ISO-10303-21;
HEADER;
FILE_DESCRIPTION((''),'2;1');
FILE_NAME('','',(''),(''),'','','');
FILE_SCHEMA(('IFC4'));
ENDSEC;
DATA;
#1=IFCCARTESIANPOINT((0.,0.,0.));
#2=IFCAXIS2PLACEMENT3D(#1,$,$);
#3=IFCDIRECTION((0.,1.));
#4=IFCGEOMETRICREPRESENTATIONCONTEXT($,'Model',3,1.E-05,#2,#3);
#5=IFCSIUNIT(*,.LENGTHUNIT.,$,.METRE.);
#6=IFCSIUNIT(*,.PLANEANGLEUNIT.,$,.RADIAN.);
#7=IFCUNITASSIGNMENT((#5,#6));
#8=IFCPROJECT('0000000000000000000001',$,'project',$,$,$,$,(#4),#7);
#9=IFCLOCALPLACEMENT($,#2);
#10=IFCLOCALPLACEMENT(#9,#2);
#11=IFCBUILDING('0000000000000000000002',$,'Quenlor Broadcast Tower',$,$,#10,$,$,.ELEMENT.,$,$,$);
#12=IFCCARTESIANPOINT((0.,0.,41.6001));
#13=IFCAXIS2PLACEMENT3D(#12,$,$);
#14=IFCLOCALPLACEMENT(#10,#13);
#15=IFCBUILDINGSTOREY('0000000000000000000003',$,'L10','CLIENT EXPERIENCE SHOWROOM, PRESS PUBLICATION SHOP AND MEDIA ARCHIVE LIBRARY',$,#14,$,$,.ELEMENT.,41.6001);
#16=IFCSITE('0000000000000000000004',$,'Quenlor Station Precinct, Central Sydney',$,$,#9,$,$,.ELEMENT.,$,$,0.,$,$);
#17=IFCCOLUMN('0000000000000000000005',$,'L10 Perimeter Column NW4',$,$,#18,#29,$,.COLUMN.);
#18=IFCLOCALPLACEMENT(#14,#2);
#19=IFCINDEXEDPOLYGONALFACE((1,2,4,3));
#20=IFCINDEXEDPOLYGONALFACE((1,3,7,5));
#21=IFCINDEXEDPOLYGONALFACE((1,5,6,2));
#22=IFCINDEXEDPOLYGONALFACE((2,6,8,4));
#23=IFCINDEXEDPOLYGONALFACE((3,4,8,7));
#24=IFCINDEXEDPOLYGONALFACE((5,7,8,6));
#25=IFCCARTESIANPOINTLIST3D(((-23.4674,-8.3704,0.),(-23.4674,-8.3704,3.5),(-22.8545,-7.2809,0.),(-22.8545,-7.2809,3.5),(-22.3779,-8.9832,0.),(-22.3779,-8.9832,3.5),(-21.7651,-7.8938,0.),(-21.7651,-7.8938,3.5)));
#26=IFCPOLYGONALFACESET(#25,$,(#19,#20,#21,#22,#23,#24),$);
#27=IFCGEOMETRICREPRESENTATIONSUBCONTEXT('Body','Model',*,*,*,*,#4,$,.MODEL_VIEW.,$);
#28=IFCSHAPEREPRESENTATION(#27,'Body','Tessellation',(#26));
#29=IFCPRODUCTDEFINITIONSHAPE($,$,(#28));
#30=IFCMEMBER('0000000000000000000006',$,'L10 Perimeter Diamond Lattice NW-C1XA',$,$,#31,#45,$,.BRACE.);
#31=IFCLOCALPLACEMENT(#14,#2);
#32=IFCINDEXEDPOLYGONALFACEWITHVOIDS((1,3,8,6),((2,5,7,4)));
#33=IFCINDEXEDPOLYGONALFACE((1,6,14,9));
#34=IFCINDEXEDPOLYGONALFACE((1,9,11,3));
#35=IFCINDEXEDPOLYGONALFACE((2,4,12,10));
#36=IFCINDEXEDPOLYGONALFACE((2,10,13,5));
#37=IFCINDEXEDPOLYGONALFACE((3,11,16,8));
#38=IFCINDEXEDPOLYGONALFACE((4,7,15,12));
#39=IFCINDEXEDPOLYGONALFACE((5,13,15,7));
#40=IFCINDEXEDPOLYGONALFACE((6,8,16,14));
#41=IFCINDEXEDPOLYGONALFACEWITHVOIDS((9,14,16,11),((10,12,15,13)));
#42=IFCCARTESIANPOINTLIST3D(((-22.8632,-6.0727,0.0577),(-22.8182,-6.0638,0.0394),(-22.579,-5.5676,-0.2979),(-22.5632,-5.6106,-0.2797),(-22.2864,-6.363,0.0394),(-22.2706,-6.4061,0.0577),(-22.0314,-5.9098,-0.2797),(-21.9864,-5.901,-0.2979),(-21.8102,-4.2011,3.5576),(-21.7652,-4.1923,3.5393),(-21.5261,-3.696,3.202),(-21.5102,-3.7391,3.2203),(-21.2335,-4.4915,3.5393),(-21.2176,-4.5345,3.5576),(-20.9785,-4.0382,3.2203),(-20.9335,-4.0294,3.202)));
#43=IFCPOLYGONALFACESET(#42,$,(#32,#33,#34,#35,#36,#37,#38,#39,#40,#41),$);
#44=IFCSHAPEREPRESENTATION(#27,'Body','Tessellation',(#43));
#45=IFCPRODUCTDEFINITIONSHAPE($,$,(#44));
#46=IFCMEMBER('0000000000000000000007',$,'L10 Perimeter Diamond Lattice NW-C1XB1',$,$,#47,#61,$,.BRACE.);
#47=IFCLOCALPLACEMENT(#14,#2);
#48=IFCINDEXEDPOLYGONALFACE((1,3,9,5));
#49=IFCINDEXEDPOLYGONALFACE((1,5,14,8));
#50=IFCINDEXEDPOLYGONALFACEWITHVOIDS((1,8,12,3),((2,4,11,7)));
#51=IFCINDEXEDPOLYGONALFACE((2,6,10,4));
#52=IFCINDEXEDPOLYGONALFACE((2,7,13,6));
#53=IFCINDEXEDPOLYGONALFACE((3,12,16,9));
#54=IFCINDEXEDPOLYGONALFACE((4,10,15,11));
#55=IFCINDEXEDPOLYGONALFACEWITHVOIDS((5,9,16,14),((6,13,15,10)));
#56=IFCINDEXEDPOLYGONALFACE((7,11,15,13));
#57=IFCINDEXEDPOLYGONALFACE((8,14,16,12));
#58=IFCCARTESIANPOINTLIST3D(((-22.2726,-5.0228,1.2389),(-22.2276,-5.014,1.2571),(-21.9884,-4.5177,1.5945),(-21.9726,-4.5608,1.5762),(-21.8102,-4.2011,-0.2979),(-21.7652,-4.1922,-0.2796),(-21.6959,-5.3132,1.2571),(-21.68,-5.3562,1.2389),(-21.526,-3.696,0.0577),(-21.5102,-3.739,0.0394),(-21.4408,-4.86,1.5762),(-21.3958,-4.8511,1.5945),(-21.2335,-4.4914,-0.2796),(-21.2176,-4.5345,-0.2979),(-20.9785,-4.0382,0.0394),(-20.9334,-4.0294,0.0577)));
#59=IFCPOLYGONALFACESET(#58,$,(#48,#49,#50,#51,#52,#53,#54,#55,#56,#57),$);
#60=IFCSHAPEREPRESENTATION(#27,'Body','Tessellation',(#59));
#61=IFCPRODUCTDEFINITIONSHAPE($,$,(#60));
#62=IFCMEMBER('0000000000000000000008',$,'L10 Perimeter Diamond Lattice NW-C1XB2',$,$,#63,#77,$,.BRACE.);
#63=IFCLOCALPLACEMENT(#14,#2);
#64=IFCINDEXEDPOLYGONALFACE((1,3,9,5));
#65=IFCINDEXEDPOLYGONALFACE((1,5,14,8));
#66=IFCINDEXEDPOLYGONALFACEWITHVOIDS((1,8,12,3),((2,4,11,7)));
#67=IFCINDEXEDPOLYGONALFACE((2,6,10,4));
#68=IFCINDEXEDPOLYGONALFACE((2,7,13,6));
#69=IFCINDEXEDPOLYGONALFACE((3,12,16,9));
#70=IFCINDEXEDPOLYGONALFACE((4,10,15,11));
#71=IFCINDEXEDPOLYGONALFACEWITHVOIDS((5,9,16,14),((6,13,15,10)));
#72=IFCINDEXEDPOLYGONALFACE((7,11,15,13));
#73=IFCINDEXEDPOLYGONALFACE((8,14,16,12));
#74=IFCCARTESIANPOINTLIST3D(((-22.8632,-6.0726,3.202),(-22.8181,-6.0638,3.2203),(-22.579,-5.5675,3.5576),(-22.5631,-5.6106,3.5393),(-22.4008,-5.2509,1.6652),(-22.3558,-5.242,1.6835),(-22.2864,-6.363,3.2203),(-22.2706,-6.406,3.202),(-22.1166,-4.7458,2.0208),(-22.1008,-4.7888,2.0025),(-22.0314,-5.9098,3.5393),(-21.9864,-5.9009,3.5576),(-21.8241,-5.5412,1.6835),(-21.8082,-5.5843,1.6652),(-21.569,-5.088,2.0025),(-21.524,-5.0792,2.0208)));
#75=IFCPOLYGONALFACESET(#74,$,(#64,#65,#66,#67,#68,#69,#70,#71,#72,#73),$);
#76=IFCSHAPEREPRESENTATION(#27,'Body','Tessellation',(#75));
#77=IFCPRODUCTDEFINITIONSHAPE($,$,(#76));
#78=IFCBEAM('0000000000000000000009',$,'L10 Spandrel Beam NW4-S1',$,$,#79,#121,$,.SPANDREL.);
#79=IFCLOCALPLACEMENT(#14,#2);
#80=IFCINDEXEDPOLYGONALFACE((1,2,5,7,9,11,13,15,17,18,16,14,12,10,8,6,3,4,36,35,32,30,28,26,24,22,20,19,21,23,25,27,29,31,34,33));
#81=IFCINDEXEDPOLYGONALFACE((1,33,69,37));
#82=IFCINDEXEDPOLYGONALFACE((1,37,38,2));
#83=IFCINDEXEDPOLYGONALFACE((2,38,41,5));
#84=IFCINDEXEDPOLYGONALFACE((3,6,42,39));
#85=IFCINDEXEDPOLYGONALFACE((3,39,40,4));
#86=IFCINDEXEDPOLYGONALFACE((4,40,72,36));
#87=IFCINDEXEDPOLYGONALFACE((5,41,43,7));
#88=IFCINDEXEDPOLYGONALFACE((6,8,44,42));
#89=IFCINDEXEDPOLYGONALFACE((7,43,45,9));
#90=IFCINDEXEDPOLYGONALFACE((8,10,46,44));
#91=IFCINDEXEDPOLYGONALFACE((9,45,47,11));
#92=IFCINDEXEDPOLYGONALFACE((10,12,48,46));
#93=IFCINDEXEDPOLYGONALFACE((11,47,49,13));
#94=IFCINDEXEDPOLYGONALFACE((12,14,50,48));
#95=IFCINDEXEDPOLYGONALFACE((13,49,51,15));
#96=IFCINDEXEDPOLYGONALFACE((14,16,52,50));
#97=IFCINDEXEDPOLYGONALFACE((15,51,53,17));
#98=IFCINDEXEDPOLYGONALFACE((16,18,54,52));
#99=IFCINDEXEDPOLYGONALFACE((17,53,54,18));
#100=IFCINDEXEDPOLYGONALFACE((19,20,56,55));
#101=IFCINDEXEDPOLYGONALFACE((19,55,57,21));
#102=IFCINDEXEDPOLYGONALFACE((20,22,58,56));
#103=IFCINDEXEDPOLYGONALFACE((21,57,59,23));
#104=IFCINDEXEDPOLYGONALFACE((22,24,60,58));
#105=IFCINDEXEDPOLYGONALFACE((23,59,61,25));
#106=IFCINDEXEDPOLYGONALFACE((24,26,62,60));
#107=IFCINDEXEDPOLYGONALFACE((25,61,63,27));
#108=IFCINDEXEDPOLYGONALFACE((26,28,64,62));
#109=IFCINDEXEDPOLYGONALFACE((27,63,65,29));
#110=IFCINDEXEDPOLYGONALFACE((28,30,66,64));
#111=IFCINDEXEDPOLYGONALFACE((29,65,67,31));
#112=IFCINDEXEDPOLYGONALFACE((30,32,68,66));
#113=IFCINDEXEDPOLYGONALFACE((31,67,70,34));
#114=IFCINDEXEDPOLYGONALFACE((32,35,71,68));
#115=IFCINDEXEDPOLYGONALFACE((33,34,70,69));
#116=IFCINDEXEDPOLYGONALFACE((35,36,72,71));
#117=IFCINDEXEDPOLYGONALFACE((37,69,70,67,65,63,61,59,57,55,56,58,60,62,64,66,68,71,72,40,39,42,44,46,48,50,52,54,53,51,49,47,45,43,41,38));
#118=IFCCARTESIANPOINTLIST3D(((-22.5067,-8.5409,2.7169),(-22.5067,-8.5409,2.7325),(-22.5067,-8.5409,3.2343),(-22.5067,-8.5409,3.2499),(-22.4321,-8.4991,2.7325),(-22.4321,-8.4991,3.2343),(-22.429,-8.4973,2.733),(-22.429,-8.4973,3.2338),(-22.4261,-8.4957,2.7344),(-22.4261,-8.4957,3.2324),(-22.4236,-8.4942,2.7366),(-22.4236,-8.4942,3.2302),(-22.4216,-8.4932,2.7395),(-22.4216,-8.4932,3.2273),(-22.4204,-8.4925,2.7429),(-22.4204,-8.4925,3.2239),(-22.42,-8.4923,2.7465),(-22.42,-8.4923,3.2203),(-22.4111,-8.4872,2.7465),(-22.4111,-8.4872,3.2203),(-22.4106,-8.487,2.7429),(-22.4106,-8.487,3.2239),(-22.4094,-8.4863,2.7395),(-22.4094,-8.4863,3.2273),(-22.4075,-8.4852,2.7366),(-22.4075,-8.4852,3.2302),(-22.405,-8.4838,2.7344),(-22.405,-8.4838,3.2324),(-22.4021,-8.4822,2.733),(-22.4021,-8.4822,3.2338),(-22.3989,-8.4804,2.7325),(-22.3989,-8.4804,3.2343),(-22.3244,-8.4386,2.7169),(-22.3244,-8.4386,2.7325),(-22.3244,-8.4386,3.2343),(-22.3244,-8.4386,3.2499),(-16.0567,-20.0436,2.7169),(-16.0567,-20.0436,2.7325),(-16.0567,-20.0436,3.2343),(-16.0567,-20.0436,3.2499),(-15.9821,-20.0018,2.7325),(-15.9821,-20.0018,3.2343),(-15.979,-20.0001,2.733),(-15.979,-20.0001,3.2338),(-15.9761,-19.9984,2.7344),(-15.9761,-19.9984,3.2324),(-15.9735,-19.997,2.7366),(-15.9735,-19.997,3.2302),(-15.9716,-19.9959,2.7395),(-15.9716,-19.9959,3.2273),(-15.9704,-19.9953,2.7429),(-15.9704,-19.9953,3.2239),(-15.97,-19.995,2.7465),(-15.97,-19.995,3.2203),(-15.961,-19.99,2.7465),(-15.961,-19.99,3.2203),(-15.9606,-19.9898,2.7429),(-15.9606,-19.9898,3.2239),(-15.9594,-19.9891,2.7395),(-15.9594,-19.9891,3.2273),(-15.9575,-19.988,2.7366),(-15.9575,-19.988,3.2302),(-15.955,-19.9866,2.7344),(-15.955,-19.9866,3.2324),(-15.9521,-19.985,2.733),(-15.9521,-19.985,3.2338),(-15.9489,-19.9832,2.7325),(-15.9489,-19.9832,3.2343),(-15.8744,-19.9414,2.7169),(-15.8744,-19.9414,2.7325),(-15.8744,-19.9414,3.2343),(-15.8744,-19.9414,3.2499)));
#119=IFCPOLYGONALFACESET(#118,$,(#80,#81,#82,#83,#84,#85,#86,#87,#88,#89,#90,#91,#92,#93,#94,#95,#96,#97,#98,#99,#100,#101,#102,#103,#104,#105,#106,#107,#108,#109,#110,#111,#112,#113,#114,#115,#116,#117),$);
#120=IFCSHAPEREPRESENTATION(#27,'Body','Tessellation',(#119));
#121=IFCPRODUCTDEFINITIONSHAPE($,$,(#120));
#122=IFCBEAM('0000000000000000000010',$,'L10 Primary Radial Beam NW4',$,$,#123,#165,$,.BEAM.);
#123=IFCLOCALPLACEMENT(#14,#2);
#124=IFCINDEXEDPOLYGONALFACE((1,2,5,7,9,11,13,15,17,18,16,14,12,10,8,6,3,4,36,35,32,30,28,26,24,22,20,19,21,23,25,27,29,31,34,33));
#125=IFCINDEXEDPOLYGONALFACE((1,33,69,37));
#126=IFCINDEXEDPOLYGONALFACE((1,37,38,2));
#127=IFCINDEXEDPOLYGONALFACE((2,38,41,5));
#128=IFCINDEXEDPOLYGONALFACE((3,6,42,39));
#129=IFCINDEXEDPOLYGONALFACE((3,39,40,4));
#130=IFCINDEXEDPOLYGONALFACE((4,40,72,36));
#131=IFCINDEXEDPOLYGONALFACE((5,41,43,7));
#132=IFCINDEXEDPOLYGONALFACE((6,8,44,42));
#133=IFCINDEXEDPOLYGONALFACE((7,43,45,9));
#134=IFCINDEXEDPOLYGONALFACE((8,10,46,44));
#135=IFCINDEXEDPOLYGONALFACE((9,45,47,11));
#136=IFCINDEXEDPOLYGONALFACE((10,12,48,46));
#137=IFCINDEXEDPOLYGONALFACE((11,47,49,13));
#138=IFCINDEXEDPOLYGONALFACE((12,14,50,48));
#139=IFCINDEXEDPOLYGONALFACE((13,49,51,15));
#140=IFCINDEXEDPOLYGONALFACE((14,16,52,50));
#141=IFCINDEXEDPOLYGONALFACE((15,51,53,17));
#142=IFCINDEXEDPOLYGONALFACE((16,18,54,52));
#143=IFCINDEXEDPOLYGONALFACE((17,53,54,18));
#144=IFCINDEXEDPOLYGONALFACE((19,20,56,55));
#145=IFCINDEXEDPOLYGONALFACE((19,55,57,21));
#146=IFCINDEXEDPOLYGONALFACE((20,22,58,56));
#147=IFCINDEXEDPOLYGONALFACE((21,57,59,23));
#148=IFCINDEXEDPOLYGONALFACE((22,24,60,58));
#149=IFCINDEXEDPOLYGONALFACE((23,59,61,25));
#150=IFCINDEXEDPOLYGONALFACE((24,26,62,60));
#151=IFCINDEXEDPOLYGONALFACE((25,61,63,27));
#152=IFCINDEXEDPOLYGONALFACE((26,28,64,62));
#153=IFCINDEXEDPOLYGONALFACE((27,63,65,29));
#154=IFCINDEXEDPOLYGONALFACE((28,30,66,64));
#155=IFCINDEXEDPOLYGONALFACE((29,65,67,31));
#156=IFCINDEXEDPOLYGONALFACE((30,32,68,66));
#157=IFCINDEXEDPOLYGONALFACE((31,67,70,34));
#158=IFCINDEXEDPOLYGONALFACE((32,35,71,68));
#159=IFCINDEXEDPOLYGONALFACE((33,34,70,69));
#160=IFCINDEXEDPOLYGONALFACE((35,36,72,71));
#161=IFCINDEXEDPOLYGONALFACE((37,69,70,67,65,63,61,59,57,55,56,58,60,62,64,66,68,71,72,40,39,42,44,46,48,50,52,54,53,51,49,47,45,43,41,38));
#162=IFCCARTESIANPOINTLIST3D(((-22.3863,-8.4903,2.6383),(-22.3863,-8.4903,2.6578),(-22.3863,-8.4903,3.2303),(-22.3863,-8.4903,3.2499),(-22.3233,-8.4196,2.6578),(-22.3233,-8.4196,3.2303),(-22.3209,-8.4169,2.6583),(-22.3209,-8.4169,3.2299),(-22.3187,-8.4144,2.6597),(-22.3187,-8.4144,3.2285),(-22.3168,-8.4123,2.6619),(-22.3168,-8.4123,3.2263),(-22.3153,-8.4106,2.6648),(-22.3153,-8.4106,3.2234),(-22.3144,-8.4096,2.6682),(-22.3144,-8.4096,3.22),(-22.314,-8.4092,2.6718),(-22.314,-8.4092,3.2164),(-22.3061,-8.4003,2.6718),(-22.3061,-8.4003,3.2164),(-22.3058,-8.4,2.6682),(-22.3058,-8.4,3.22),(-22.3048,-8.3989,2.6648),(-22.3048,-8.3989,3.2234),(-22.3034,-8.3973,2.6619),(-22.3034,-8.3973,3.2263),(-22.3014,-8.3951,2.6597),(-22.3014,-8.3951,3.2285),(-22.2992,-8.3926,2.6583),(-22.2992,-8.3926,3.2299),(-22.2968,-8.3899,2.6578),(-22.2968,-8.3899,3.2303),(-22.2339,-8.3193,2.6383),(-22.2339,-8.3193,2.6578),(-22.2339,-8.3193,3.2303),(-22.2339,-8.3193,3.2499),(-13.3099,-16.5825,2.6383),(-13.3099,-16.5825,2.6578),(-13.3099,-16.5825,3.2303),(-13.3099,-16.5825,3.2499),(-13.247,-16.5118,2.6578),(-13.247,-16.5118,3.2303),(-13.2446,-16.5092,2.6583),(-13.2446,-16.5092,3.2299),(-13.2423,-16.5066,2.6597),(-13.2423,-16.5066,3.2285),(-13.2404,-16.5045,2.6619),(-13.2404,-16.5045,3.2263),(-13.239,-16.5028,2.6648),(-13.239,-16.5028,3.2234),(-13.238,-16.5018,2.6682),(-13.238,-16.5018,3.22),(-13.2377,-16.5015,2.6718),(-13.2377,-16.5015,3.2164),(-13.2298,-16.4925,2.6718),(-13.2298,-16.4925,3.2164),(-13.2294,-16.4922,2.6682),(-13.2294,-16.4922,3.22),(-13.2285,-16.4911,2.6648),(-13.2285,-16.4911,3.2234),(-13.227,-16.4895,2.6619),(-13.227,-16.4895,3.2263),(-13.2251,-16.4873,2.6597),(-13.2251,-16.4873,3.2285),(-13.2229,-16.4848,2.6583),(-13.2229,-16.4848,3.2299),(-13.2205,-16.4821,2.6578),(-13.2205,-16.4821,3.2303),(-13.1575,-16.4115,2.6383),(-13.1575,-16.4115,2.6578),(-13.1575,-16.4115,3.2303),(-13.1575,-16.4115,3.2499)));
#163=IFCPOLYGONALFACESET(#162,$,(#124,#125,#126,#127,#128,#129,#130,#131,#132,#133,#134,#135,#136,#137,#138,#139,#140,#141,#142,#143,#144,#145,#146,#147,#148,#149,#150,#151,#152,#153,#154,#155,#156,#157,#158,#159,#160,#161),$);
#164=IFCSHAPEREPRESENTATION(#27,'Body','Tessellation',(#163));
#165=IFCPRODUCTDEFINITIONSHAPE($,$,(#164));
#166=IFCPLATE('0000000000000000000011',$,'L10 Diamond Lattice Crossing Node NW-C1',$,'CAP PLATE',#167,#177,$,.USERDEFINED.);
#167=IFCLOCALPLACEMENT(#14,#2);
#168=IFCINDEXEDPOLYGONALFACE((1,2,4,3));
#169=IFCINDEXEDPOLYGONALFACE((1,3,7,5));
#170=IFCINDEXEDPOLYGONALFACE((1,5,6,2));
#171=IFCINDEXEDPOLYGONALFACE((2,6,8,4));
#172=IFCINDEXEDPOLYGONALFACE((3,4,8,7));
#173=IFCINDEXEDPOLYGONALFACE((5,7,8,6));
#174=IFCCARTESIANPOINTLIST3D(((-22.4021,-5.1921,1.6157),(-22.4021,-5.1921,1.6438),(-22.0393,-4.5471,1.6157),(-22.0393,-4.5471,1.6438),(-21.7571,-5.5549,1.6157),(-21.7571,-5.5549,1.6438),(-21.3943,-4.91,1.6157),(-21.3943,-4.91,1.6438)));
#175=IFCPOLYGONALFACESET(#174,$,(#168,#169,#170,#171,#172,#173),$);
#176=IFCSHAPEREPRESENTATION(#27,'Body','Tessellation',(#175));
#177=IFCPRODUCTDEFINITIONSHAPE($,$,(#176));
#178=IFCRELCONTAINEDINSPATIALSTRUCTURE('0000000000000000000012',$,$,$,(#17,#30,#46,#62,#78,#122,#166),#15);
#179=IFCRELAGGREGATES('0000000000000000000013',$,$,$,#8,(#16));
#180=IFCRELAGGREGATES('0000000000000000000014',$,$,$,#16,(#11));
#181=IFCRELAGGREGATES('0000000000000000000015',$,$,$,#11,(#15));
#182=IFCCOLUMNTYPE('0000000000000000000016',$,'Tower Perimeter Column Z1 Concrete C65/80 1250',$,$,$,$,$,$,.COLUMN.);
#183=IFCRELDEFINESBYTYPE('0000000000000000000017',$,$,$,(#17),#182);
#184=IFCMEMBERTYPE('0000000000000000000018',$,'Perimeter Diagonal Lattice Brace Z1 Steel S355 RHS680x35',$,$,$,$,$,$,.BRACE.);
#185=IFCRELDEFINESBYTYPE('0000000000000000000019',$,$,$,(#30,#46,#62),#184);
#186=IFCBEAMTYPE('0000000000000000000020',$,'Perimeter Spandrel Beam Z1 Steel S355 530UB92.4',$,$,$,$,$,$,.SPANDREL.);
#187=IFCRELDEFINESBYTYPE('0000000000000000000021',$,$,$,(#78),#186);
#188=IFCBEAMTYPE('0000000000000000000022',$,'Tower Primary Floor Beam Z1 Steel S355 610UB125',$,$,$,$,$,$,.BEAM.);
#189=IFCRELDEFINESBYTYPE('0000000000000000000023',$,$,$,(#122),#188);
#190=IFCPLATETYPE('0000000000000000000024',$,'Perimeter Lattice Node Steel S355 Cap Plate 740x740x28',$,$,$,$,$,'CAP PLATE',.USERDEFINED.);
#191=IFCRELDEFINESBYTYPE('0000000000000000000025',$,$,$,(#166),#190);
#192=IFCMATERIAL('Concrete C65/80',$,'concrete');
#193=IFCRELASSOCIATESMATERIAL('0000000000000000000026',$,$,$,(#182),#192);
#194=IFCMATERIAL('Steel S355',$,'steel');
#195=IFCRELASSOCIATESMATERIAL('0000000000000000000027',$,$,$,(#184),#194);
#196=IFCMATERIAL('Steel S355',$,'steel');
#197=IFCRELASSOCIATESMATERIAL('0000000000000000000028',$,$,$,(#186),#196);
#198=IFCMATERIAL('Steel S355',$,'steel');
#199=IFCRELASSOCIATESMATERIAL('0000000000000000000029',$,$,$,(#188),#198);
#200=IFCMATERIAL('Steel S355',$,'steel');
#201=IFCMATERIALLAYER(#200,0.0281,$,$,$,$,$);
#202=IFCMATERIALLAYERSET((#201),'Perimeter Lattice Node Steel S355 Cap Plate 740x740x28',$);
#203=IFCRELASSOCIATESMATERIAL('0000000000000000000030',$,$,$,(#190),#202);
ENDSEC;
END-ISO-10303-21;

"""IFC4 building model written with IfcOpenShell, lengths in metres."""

from ifc_helpers import new_model, si_unit, direction, frame, origin, origin_2d, place, context, subcontext, project, spatial, rectangle, hollow_rectangle, i_section, extrude, material, layer, layer_set, material_profile, profile_set, type_object, element, save


model = new_model("IFC4")

# Units and contexts
model_context = context("Model", 3, precision=1e-05, world=origin(), true_north=direction((0.0, 1.0)))
body_context = subcontext(model_context, "Body", "Model", "MODEL_VIEW")
ifc_project = project(units=[si_unit("LENGTHUNIT", "METRE"), si_unit("PLANEANGLEUNIT", "RADIAN")], contexts=[model_context])

# Site, building, storey
site_placement = place(None, origin())
site = spatial("IfcSite", under=ifc_project, at=site_placement, Name="Quenlor Station Precinct, Central Sydney", CompositionType="ELEMENT", RefElevation=0.0)
building_placement = place(site_placement, origin())
building = spatial("IfcBuilding", under=site, at=building_placement, Name="Quenlor Broadcast Tower", CompositionType="ELEMENT")
storey_placement = place(building_placement, frame((0.0, 0.0, 41.6001)))
storey = spatial("IfcBuildingStorey", under=building, at=storey_placement, Name="L10", Description="CLIENT EXPERIENCE SHOWROOM, PRESS PUBLICATION SHOP AND MEDIA ARCHIVE LIBRARY", CompositionType="ELEMENT", Elevation=41.6001)

# Column
ifc_material_1 = material(Name="Concrete C65/80", Category="concrete")
ifc_material_profile_1 = material_profile(ifc_material_1, rectangle(XDim=1.25, YDim=1.25, at=origin_2d()))
ifc_profile_set_1 = profile_set([ifc_material_profile_1], Name="Concrete C65/80 RC1250x1250")
column_type = type_object("IfcColumnType", Name="Tower Perimeter Column Z1 Concrete C65/80 1250", PredefinedType="COLUMN", material=ifc_profile_set_1)
column_placement = place(storey_placement, frame((-22.6162, -8.1321, 0.0), z_axis=(0.0, 0.0, 1.0), x_axis=(-0.871575, 0.490262, 0.0)))
element("IfcColumn", 1, at=column_placement, inside=storey, type_object=column_type, Name="L10 Perimeter Column NW4", PredefinedType="COLUMN", context=body_context, shape_type="SweptSolid", body=[
    extrude(rectangle(XDim=1.25, YDim=1.25, at=origin_2d()), origin(), (0.0, 0.0, 1.0), 3.5),
])

# Members
ifc_material_2 = material(Name="Steel S355", Category="steel")
ifc_material_profile_2 = material_profile(ifc_material_2, hollow_rectangle(XDim=0.6799, YDim=0.6799, WallThickness=0.0349, at=origin_2d()))
ifc_profile_set_2 = profile_set([ifc_material_profile_2], Name="Steel S355 RHS680x680x35")
member_type = type_object("IfcMemberType", Name="Perimeter Diagonal Lattice Brace Z1 Steel S355 RHS680x35", PredefinedType="BRACE", material=ifc_profile_set_2)
member_placement = place(storey_placement, frame((-22.4248, -5.9868, -0.1201), z_axis=(0.256431, 0.455785, 0.852352), x_axis=(-0.871533, 0.490337, 0.0)))
element("IfcMember", 2, at=member_placement, inside=storey, type_object=member_type, Name="L10 Perimeter Diamond Lattice NW-C1XA", PredefinedType="BRACE", context=body_context, shape_type="SweptSolid", body=[
    extrude(hollow_rectangle(XDim=0.6799, YDim=0.6799, WallThickness=0.0349, at=origin_2d()), origin(), (0.0, 0.0, 1.0), 4.1062),
])
for number, where, z_axis, x_axis, name in (
    (3, (-21.3718, -4.1152, -0.1201), (-0.256452, -0.455764, 0.852357), (0.871506, -0.490384, 0.0), "L10 Perimeter Diamond Lattice NW-C1XB1"),
    (4, (-21.9624, -5.165, 1.843), (-0.256452, -0.455764, 0.852357), (0.871506, -0.490384, 0.0), "L10 Perimeter Diamond Lattice NW-C1XB2"),
):
    element("IfcMember", number, at=place(storey_placement, frame(where, z_axis=z_axis, x_axis=x_axis)), inside=storey, type_object=member_type, Name=name, PredefinedType="BRACE", context=body_context, shape_type="SweptSolid", body=[
        extrude(hollow_rectangle(XDim=0.6799, YDim=0.6799, WallThickness=0.0349, at=origin_2d()), origin(), (0.0, 0.0, 1.0), 1.803),
    ])

# Beams
ifc_material_3 = material(Name="Steel S355", Category="steel")
ifc_material_profile_3 = material_profile(ifc_material_3, i_section(OverallWidth=0.209, OverallDepth=0.533, WebThickness=0.0103, FlangeThickness=0.0156, FilletRadius=0.0139, at=origin_2d()))
ifc_profile_set_3 = profile_set([ifc_material_profile_3], Name="Steel S355 530UB92.4")
beam_type_1 = type_object("IfcBeamType", Name="Perimeter Spandrel Beam Z1 Steel S355 530UB92.4", PredefinedType="SPANDREL", material=ifc_profile_set_3)
beam_1_placement = place(storey_placement, frame((-22.4155, -8.4897, 2.9834), z_axis=(0.489091, -0.872233, 0.0), x_axis=(0.872233, 0.489091, 0.0)))
element("IfcBeam", 5, at=beam_1_placement, inside=storey, type_object=beam_type_1, Name="L10 Spandrel Beam NW4-S1", PredefinedType="SPANDREL", context=body_context, shape_type="SweptSolid", body=[
    extrude(i_section(OverallWidth=0.209, OverallDepth=0.533, WebThickness=0.0103, FlangeThickness=0.0156, FilletRadius=0.0139, at=origin_2d()), origin(), (0.0, 0.0, 1.0), 13.1877),
])
ifc_material_4 = material(Name="Steel S355", Category="steel")
ifc_material_profile_4 = material_profile(ifc_material_4, i_section(OverallWidth=0.229, OverallDepth=0.6116, WebThickness=0.012, FlangeThickness=0.0195, FilletRadius=0.0139, at=origin_2d()))
ifc_profile_set_4 = profile_set([ifc_material_profile_4], Name="Steel S355 610UB125")
beam_type_2 = type_object("IfcBeamType", Name="Tower Primary Floor Beam Z1 Steel S355 610UB125", PredefinedType="BEAM", material=ifc_profile_set_4)
beam_2_placement = place(storey_placement, frame((-22.3101, -8.4048, 2.9441), z_axis=(0.746414, -0.665482, 0.0), x_axis=(0.665482, 0.746414, 0.0)))
element("IfcBeam", 6, at=beam_2_placement, inside=storey, type_object=beam_type_2, Name="L10 Primary Radial Beam NW4", PredefinedType="BEAM", context=body_context, shape_type="SweptSolid", body=[
    extrude(i_section(OverallWidth=0.229, OverallDepth=0.6116, WebThickness=0.012, FlangeThickness=0.0195, FilletRadius=0.0139, at=origin_2d()), origin(), (0.0, 0.0, 1.0), 12.1599),
])

# Plate
ifc_material_5 = material(Name="Steel S355", Category="steel")
ifc_layer_1 = layer(ifc_material_5, 0.0281)
ifc_layer_set_1 = layer_set([ifc_layer_1], Name="Perimeter Lattice Node Steel S355 Cap Plate 740x740x28")
plate_type_1 = type_object("IfcPlateType", Name="Perimeter Lattice Node Steel S355 Cap Plate 740x740x28", ElementType="CAP PLATE", PredefinedType="USERDEFINED", material=ifc_layer_set_1)
plate_placement = place(storey_placement, frame((-21.8982, -5.051, 1.6157), z_axis=(0.0, 0.0, 1.0), x_axis=(0.490295, 0.871556, 0.0)))
element("IfcPlate", 7, at=plate_placement, inside=storey, type_object=plate_type_1, Name="L10 Diamond Lattice Crossing Node NW-C1", ObjectType="CAP PLATE", PredefinedType="USERDEFINED", context=body_context, shape_type="SweptSolid", body=[
    extrude(rectangle(XDim=0.74, YDim=0.74, at=origin_2d()), origin(), (0.0, 0.0, 1.0), 0.0281),
])

save(model, "model.ifc")
